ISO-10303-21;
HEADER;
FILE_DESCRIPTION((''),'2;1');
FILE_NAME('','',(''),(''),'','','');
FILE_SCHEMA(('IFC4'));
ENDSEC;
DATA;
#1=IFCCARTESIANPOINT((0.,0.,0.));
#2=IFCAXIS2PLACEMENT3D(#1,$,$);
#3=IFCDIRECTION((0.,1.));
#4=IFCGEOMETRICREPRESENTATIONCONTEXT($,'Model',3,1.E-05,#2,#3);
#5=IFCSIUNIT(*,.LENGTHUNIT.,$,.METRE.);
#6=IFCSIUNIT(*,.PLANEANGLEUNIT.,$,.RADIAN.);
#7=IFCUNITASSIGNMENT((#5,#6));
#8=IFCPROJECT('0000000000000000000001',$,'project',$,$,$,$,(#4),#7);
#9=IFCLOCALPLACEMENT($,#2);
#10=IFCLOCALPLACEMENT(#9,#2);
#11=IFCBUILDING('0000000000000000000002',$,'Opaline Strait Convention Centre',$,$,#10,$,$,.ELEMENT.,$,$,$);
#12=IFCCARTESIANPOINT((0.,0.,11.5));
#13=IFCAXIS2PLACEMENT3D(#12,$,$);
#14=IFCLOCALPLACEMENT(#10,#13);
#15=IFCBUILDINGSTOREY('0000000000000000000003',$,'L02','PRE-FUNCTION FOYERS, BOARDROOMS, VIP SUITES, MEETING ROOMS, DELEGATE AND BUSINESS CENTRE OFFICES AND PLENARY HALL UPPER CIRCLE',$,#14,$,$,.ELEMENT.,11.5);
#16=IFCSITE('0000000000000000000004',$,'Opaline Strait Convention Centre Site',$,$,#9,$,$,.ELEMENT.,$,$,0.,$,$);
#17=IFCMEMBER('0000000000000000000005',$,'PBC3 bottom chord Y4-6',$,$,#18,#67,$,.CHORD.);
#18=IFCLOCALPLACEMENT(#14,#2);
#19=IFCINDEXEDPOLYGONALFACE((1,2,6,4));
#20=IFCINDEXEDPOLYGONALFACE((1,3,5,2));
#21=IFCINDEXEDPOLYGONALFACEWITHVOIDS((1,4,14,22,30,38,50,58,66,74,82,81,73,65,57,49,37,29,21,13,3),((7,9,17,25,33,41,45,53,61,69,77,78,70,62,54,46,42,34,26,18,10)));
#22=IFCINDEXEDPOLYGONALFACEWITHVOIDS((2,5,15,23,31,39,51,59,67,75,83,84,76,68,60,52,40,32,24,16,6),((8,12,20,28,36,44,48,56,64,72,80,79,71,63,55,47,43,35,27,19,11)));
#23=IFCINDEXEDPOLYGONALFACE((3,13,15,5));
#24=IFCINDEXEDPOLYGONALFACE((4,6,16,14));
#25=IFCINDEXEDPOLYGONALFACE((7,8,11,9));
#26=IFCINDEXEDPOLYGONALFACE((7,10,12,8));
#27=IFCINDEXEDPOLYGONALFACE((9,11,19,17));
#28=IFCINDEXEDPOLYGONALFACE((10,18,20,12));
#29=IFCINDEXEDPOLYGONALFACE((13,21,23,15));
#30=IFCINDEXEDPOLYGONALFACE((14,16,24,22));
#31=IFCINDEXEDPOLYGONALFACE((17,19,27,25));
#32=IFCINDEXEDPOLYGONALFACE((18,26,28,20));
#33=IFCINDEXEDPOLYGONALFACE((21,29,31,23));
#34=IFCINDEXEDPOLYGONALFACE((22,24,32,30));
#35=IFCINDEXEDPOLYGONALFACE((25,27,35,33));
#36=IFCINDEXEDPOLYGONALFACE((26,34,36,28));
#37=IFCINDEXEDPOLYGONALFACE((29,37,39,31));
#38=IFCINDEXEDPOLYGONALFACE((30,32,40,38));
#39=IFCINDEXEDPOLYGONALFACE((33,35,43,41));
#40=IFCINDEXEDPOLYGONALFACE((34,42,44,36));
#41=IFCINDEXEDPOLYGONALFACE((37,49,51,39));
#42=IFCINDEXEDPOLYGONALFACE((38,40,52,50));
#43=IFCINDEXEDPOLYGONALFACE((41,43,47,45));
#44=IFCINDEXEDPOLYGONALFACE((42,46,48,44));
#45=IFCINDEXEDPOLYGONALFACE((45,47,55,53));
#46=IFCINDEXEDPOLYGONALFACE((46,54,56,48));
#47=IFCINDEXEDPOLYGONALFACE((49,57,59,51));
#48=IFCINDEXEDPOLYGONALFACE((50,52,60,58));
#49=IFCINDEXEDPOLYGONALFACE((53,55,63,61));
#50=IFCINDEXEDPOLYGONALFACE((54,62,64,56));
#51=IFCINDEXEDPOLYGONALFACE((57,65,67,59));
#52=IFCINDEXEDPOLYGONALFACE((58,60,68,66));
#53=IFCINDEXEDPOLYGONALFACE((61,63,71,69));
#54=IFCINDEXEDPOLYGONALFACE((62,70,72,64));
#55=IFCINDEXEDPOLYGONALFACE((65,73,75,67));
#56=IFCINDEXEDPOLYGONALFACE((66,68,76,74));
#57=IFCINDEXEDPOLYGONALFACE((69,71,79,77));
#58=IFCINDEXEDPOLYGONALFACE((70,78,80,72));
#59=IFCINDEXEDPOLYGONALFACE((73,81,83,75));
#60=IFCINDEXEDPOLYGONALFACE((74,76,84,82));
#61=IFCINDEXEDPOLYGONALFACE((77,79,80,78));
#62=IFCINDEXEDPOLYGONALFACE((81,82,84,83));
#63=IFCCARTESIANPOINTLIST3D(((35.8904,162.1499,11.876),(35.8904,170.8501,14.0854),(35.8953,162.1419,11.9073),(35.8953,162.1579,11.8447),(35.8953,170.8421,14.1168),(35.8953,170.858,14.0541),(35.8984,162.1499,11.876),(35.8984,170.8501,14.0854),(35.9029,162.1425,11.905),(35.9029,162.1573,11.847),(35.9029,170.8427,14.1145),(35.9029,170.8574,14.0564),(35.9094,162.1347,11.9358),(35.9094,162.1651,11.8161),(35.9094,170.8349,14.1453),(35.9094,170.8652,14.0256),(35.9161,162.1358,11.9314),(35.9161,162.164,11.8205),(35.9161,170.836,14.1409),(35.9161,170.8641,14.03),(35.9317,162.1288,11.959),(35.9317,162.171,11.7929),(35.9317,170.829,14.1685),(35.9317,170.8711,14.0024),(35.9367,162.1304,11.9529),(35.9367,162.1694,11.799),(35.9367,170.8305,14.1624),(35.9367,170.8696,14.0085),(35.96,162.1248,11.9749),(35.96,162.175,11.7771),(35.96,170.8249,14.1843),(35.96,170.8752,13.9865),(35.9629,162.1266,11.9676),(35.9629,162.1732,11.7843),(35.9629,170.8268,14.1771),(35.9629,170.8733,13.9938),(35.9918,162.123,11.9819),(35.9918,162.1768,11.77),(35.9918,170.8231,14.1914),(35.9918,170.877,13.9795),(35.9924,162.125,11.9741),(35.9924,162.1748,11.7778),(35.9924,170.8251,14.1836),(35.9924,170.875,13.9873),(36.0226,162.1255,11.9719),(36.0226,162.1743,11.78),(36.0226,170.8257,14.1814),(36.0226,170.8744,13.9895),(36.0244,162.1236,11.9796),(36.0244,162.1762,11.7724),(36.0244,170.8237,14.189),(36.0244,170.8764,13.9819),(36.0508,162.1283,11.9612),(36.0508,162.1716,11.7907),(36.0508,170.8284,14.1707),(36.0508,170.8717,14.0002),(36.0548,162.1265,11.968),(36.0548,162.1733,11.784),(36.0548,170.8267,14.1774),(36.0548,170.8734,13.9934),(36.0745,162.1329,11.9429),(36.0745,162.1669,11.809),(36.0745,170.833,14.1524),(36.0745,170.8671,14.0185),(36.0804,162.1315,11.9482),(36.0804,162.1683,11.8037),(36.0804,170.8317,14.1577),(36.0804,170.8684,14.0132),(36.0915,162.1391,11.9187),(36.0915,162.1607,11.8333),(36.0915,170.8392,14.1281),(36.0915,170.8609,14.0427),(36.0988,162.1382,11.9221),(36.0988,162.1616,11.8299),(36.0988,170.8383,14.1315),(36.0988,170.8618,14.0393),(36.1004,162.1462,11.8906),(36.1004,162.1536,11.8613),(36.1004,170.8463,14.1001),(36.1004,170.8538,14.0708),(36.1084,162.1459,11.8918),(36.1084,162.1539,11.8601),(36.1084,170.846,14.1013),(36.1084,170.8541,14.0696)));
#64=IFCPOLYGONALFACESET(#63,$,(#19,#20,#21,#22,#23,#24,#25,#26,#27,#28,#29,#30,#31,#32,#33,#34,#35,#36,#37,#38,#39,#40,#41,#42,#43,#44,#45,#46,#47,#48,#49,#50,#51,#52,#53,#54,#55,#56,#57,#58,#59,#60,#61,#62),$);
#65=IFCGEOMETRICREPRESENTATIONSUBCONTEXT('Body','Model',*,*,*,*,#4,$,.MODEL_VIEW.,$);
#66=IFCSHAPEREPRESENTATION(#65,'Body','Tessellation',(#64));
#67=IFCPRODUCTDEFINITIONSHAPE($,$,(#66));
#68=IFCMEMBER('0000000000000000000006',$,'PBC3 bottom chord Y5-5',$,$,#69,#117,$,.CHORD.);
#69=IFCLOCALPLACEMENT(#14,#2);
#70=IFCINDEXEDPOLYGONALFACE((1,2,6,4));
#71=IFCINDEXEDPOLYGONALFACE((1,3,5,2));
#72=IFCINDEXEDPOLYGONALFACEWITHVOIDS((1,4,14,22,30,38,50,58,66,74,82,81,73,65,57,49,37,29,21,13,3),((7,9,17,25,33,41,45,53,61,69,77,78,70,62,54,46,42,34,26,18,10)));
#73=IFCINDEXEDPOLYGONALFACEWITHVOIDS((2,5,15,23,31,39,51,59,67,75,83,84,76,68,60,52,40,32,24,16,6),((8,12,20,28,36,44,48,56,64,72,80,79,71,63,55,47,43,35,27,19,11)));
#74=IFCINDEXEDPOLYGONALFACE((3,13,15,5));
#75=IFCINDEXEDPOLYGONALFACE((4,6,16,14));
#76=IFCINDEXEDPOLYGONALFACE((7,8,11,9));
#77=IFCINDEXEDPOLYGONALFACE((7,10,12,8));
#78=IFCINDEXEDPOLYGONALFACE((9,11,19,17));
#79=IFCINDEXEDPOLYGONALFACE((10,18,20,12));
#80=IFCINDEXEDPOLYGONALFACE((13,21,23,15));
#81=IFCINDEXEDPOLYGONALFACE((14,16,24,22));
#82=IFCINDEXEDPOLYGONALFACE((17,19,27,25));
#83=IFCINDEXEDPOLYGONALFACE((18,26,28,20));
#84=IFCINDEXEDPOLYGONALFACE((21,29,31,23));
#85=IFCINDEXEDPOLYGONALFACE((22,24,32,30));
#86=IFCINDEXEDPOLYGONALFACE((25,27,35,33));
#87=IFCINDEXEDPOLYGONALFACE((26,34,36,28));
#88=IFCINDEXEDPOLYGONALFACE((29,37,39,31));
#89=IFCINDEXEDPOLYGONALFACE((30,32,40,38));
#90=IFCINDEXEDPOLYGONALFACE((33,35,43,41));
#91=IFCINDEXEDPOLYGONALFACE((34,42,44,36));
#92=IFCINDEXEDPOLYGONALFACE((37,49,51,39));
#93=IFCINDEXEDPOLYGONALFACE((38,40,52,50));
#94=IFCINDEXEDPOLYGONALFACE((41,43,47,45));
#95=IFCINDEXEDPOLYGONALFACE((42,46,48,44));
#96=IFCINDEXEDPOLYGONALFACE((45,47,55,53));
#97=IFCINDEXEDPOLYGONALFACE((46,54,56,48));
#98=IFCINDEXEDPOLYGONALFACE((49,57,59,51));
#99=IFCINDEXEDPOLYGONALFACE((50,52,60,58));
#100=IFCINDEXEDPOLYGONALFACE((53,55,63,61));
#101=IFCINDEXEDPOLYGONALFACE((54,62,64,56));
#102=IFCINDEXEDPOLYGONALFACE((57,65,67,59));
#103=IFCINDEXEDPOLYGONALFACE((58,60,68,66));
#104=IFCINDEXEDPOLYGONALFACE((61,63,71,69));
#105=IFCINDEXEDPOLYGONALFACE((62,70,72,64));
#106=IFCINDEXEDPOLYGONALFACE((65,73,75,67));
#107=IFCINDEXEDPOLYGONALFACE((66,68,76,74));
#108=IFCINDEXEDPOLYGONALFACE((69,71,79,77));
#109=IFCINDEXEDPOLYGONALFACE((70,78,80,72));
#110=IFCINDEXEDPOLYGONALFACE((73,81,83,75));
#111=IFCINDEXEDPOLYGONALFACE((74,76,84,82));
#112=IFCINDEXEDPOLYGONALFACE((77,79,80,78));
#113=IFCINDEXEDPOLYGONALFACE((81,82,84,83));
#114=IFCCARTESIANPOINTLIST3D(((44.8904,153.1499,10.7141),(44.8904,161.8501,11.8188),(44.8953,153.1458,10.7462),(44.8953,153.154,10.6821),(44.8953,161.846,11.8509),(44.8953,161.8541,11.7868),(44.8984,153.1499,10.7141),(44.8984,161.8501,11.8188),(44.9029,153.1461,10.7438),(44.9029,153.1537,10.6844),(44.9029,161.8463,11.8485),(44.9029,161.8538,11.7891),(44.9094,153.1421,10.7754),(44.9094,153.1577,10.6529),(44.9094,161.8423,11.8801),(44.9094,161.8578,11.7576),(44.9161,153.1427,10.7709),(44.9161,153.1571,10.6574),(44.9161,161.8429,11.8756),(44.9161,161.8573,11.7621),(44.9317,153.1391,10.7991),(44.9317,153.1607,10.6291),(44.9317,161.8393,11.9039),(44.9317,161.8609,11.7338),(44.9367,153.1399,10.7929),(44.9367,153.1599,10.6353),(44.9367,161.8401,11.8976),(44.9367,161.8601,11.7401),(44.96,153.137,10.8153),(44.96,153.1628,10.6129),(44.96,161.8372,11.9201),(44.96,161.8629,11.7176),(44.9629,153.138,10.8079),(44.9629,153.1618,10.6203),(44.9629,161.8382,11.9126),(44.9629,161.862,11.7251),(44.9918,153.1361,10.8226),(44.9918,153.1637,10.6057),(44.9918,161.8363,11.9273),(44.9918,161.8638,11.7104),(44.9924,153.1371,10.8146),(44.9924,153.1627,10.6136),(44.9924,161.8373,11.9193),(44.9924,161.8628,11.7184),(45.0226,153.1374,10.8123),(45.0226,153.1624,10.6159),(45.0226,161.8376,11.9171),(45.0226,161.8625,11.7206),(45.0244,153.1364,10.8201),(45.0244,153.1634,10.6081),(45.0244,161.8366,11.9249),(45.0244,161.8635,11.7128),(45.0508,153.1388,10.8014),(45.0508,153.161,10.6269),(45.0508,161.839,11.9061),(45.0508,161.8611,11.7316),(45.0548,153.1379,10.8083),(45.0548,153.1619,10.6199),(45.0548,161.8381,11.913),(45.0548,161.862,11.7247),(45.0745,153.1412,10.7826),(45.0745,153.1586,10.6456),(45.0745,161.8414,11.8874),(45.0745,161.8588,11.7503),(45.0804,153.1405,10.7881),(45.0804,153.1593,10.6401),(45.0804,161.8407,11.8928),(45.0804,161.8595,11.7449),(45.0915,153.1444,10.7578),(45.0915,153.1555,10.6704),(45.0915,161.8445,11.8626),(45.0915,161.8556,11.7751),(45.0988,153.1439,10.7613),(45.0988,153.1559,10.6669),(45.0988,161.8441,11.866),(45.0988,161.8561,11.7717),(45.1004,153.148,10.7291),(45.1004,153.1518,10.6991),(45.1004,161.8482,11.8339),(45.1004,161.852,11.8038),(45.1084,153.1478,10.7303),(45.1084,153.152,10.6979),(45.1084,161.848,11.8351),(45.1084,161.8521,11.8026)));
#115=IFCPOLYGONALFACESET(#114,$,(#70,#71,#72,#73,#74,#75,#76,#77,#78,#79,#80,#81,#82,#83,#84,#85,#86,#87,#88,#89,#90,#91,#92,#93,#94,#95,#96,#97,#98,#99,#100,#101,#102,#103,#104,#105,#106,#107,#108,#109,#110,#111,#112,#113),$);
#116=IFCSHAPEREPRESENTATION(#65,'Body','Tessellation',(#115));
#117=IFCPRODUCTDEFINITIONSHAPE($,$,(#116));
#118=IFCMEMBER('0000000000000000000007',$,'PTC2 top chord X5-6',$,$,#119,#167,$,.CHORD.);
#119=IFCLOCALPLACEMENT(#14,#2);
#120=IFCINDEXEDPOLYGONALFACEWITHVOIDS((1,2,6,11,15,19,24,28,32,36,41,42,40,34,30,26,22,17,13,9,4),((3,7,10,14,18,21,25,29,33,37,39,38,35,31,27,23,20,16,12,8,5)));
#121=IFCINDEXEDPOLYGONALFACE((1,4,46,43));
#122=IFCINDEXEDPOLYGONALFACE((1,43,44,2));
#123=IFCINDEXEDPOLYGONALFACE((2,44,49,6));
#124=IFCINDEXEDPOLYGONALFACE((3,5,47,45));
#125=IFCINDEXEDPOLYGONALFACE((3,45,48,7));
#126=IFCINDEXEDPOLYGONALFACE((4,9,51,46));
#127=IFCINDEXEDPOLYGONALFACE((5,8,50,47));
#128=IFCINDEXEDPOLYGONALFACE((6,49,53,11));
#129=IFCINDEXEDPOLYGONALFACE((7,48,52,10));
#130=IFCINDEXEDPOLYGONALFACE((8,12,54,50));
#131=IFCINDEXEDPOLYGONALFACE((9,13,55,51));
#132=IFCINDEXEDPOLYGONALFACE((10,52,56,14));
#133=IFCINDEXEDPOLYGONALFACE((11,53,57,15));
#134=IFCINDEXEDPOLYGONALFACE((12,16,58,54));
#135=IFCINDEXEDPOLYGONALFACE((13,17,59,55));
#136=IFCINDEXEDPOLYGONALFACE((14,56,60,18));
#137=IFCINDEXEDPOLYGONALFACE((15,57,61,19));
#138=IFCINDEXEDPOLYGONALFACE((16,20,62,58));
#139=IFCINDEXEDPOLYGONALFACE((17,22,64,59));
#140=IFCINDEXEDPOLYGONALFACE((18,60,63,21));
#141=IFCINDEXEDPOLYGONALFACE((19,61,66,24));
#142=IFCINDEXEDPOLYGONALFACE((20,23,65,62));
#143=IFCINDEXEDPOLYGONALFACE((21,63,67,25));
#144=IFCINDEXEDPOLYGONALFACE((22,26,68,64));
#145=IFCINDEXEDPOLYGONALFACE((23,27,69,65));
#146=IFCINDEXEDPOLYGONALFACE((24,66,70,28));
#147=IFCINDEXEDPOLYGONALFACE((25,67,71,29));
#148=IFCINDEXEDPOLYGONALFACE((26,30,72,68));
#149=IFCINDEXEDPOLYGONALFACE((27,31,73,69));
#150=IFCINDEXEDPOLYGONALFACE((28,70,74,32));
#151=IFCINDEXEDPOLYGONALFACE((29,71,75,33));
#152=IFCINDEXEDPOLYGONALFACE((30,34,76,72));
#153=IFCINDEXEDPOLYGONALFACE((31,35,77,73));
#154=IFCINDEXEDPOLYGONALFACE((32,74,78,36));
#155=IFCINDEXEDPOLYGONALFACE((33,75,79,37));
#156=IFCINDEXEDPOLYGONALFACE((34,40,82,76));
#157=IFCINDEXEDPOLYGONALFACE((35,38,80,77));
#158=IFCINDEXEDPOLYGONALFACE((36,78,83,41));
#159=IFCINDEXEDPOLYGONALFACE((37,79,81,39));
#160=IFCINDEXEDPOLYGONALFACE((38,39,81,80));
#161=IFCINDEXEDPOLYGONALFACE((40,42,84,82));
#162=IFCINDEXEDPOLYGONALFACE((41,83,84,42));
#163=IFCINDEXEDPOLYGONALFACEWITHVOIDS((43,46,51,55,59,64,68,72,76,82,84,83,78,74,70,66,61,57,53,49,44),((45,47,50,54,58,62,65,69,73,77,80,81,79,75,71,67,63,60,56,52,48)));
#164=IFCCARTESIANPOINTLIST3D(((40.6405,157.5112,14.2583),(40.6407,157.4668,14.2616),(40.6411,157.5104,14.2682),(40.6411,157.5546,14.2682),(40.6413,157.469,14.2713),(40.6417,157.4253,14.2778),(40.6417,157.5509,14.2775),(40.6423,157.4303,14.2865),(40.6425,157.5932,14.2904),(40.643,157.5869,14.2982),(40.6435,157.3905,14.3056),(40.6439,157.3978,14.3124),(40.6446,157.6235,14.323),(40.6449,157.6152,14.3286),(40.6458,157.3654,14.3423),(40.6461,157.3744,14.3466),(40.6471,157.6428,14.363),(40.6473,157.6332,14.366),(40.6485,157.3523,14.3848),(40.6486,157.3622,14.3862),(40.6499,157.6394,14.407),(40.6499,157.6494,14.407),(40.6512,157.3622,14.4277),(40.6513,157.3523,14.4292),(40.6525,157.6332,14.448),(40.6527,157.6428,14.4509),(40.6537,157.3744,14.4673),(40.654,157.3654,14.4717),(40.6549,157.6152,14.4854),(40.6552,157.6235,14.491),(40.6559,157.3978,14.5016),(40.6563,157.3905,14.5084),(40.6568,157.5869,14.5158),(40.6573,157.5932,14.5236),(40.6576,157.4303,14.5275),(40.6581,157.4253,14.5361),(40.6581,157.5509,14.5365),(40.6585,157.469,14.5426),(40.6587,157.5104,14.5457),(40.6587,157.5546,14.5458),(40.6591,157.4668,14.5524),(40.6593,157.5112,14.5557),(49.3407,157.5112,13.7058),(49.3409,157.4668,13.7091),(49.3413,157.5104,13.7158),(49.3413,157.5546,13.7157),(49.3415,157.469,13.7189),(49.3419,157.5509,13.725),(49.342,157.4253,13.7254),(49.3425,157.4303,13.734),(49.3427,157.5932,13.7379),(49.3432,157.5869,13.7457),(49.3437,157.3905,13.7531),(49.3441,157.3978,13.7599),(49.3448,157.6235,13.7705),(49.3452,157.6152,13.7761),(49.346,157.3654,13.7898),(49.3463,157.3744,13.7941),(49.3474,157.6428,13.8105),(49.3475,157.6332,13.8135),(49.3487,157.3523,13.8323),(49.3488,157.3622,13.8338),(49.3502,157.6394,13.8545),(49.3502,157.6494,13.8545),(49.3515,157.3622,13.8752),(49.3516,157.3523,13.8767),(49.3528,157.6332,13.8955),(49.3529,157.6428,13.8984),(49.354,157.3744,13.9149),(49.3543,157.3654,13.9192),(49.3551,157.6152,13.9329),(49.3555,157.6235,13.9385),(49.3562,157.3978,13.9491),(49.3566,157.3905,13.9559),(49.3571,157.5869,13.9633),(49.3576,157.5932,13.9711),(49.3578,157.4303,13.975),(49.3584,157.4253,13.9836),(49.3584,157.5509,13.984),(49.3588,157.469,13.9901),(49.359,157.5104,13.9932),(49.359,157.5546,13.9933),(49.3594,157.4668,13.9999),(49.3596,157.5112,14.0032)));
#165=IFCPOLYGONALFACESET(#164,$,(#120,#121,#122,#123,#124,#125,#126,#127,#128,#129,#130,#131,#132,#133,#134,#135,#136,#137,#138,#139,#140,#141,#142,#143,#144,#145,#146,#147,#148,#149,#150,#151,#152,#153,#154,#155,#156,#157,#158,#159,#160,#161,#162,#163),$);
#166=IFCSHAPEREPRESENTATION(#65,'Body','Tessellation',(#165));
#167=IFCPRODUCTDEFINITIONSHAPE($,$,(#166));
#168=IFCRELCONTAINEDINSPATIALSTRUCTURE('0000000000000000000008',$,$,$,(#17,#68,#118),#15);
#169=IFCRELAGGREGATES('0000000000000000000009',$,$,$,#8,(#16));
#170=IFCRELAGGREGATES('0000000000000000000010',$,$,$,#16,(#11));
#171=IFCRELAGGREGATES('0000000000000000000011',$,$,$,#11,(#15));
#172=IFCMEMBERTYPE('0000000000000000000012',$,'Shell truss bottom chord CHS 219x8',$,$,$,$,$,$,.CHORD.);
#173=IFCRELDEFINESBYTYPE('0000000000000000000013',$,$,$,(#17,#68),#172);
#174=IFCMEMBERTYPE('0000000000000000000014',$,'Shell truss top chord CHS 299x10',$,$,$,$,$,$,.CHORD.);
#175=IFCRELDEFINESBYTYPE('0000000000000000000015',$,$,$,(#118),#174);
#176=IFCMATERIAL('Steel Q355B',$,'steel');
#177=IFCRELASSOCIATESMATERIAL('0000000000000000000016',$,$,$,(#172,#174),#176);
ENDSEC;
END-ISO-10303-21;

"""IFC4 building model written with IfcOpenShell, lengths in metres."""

from ifc_helpers import new_model, si_unit, direction, frame, origin, origin_2d, place, context, subcontext, project, spatial, hollow_circle, extrude, material, material_profile, profile_set, type_object, element, save


model = new_model("IFC4")

# Units and contexts
model_context = context("Model", 3, precision=1e-05, world=origin(), true_north=direction((0.0, 1.0)))
body_context = subcontext(model_context, "Body", "Model", "MODEL_VIEW")
ifc_project = project(units=[si_unit("LENGTHUNIT", "METRE"), si_unit("PLANEANGLEUNIT", "RADIAN")], contexts=[model_context])

# Site, building, storey
site_placement = place(None, origin())
site = spatial("IfcSite", under=ifc_project, at=site_placement, Name="Opaline Strait Convention Centre Site", CompositionType="ELEMENT", RefElevation=0.0)
building_placement = place(site_placement, origin())
building = spatial("IfcBuilding", under=site, at=building_placement, Name="Opaline Strait Convention Centre", CompositionType="ELEMENT")
storey_placement = place(building_placement, frame((0.0, 0.0, 11.5)))
storey = spatial("IfcBuildingStorey", under=building, at=storey_placement, Name="L02", Description="PRE-FUNCTION FOYERS, BOARDROOMS, VIP SUITES, MEETING ROOMS, DELEGATE AND BUSINESS CENTRE OFFICES AND PLENARY HALL UPPER CIRCLE", CompositionType="ELEMENT", Elevation=11.5)

# Members
ifc_material_1 = material(Name="Steel Q355B", Category="steel")
ifc_material_profile_1 = material_profile(ifc_material_1, hollow_circle(Radius=0.1096, WallThickness=0.0081, at=origin_2d()), Name="CHS 219x8")
ifc_profile_set_1 = profile_set([ifc_material_profile_1], Name="Steel Q355B")
member_type_1 = type_object("IfcMemberType", Name="Shell truss bottom chord CHS 219x8", PredefinedType="CHORD", material=ifc_profile_set_1)
member_1_placement = place(storey_placement, frame((36.0, 162.1499, 11.876), z_axis=(0.0, 0.969233, 0.246143), x_axis=(-1.0, 0.0, 0.0)))
element("IfcMember", 1, at=member_1_placement, inside=storey, type_object=member_type_1, Name="PBC3 bottom chord Y4-6", PredefinedType="CHORD", context=body_context, shape_type="SweptSolid", body=[
    extrude(hollow_circle(Radius=0.1096, WallThickness=0.0081, at=origin_2d()), origin(), (0.0, 0.0, 1.0), 8.9763),
])
member_2_placement = place(storey_placement, frame((45.0, 153.1499, 10.7141), z_axis=(0.0, 0.992034, 0.125967), x_axis=(-1.0, 0.0, 0.0)))
element("IfcMember", 2, at=member_2_placement, inside=storey, type_object=member_type_1, Name="PBC3 bottom chord Y5-5", PredefinedType="CHORD", context=body_context, shape_type="SweptSolid", body=[
    extrude(hollow_circle(Radius=0.1096, WallThickness=0.0081, at=origin_2d()), origin(), (0.0, 0.0, 1.0), 8.77),
])
ifc_material_profile_2 = material_profile(ifc_material_1, hollow_circle(Radius=0.1494, WallThickness=0.01, at=origin_2d()), Name="CHS 299x10")
ifc_profile_set_2 = profile_set([ifc_material_profile_2], Name="Steel Q355B")
member_type_2 = type_object("IfcMemberType", Name="Shell truss top chord CHS 299x10", PredefinedType="CHORD", material=ifc_profile_set_2)
for number, where, z_axis, x_axis, name in (
    (3, (40.6499, 157.5, 14.407), (0.99799, 0.0, -0.063376), (0.0, 1.0, 0.0), "PTC2 top chord X5-6"),
):
    element("IfcMember", number, at=place(storey_placement, frame(where, z_axis=z_axis, x_axis=x_axis)), inside=storey, type_object=member_type_2, Name=name, PredefinedType="CHORD", context=body_context, shape_type="SweptSolid", body=[
        extrude(hollow_circle(Radius=0.1494, WallThickness=0.01, at=origin_2d()), origin(), (0.0, 0.0, 1.0), 8.7178),
    ])

save(model, "model.ifc")
